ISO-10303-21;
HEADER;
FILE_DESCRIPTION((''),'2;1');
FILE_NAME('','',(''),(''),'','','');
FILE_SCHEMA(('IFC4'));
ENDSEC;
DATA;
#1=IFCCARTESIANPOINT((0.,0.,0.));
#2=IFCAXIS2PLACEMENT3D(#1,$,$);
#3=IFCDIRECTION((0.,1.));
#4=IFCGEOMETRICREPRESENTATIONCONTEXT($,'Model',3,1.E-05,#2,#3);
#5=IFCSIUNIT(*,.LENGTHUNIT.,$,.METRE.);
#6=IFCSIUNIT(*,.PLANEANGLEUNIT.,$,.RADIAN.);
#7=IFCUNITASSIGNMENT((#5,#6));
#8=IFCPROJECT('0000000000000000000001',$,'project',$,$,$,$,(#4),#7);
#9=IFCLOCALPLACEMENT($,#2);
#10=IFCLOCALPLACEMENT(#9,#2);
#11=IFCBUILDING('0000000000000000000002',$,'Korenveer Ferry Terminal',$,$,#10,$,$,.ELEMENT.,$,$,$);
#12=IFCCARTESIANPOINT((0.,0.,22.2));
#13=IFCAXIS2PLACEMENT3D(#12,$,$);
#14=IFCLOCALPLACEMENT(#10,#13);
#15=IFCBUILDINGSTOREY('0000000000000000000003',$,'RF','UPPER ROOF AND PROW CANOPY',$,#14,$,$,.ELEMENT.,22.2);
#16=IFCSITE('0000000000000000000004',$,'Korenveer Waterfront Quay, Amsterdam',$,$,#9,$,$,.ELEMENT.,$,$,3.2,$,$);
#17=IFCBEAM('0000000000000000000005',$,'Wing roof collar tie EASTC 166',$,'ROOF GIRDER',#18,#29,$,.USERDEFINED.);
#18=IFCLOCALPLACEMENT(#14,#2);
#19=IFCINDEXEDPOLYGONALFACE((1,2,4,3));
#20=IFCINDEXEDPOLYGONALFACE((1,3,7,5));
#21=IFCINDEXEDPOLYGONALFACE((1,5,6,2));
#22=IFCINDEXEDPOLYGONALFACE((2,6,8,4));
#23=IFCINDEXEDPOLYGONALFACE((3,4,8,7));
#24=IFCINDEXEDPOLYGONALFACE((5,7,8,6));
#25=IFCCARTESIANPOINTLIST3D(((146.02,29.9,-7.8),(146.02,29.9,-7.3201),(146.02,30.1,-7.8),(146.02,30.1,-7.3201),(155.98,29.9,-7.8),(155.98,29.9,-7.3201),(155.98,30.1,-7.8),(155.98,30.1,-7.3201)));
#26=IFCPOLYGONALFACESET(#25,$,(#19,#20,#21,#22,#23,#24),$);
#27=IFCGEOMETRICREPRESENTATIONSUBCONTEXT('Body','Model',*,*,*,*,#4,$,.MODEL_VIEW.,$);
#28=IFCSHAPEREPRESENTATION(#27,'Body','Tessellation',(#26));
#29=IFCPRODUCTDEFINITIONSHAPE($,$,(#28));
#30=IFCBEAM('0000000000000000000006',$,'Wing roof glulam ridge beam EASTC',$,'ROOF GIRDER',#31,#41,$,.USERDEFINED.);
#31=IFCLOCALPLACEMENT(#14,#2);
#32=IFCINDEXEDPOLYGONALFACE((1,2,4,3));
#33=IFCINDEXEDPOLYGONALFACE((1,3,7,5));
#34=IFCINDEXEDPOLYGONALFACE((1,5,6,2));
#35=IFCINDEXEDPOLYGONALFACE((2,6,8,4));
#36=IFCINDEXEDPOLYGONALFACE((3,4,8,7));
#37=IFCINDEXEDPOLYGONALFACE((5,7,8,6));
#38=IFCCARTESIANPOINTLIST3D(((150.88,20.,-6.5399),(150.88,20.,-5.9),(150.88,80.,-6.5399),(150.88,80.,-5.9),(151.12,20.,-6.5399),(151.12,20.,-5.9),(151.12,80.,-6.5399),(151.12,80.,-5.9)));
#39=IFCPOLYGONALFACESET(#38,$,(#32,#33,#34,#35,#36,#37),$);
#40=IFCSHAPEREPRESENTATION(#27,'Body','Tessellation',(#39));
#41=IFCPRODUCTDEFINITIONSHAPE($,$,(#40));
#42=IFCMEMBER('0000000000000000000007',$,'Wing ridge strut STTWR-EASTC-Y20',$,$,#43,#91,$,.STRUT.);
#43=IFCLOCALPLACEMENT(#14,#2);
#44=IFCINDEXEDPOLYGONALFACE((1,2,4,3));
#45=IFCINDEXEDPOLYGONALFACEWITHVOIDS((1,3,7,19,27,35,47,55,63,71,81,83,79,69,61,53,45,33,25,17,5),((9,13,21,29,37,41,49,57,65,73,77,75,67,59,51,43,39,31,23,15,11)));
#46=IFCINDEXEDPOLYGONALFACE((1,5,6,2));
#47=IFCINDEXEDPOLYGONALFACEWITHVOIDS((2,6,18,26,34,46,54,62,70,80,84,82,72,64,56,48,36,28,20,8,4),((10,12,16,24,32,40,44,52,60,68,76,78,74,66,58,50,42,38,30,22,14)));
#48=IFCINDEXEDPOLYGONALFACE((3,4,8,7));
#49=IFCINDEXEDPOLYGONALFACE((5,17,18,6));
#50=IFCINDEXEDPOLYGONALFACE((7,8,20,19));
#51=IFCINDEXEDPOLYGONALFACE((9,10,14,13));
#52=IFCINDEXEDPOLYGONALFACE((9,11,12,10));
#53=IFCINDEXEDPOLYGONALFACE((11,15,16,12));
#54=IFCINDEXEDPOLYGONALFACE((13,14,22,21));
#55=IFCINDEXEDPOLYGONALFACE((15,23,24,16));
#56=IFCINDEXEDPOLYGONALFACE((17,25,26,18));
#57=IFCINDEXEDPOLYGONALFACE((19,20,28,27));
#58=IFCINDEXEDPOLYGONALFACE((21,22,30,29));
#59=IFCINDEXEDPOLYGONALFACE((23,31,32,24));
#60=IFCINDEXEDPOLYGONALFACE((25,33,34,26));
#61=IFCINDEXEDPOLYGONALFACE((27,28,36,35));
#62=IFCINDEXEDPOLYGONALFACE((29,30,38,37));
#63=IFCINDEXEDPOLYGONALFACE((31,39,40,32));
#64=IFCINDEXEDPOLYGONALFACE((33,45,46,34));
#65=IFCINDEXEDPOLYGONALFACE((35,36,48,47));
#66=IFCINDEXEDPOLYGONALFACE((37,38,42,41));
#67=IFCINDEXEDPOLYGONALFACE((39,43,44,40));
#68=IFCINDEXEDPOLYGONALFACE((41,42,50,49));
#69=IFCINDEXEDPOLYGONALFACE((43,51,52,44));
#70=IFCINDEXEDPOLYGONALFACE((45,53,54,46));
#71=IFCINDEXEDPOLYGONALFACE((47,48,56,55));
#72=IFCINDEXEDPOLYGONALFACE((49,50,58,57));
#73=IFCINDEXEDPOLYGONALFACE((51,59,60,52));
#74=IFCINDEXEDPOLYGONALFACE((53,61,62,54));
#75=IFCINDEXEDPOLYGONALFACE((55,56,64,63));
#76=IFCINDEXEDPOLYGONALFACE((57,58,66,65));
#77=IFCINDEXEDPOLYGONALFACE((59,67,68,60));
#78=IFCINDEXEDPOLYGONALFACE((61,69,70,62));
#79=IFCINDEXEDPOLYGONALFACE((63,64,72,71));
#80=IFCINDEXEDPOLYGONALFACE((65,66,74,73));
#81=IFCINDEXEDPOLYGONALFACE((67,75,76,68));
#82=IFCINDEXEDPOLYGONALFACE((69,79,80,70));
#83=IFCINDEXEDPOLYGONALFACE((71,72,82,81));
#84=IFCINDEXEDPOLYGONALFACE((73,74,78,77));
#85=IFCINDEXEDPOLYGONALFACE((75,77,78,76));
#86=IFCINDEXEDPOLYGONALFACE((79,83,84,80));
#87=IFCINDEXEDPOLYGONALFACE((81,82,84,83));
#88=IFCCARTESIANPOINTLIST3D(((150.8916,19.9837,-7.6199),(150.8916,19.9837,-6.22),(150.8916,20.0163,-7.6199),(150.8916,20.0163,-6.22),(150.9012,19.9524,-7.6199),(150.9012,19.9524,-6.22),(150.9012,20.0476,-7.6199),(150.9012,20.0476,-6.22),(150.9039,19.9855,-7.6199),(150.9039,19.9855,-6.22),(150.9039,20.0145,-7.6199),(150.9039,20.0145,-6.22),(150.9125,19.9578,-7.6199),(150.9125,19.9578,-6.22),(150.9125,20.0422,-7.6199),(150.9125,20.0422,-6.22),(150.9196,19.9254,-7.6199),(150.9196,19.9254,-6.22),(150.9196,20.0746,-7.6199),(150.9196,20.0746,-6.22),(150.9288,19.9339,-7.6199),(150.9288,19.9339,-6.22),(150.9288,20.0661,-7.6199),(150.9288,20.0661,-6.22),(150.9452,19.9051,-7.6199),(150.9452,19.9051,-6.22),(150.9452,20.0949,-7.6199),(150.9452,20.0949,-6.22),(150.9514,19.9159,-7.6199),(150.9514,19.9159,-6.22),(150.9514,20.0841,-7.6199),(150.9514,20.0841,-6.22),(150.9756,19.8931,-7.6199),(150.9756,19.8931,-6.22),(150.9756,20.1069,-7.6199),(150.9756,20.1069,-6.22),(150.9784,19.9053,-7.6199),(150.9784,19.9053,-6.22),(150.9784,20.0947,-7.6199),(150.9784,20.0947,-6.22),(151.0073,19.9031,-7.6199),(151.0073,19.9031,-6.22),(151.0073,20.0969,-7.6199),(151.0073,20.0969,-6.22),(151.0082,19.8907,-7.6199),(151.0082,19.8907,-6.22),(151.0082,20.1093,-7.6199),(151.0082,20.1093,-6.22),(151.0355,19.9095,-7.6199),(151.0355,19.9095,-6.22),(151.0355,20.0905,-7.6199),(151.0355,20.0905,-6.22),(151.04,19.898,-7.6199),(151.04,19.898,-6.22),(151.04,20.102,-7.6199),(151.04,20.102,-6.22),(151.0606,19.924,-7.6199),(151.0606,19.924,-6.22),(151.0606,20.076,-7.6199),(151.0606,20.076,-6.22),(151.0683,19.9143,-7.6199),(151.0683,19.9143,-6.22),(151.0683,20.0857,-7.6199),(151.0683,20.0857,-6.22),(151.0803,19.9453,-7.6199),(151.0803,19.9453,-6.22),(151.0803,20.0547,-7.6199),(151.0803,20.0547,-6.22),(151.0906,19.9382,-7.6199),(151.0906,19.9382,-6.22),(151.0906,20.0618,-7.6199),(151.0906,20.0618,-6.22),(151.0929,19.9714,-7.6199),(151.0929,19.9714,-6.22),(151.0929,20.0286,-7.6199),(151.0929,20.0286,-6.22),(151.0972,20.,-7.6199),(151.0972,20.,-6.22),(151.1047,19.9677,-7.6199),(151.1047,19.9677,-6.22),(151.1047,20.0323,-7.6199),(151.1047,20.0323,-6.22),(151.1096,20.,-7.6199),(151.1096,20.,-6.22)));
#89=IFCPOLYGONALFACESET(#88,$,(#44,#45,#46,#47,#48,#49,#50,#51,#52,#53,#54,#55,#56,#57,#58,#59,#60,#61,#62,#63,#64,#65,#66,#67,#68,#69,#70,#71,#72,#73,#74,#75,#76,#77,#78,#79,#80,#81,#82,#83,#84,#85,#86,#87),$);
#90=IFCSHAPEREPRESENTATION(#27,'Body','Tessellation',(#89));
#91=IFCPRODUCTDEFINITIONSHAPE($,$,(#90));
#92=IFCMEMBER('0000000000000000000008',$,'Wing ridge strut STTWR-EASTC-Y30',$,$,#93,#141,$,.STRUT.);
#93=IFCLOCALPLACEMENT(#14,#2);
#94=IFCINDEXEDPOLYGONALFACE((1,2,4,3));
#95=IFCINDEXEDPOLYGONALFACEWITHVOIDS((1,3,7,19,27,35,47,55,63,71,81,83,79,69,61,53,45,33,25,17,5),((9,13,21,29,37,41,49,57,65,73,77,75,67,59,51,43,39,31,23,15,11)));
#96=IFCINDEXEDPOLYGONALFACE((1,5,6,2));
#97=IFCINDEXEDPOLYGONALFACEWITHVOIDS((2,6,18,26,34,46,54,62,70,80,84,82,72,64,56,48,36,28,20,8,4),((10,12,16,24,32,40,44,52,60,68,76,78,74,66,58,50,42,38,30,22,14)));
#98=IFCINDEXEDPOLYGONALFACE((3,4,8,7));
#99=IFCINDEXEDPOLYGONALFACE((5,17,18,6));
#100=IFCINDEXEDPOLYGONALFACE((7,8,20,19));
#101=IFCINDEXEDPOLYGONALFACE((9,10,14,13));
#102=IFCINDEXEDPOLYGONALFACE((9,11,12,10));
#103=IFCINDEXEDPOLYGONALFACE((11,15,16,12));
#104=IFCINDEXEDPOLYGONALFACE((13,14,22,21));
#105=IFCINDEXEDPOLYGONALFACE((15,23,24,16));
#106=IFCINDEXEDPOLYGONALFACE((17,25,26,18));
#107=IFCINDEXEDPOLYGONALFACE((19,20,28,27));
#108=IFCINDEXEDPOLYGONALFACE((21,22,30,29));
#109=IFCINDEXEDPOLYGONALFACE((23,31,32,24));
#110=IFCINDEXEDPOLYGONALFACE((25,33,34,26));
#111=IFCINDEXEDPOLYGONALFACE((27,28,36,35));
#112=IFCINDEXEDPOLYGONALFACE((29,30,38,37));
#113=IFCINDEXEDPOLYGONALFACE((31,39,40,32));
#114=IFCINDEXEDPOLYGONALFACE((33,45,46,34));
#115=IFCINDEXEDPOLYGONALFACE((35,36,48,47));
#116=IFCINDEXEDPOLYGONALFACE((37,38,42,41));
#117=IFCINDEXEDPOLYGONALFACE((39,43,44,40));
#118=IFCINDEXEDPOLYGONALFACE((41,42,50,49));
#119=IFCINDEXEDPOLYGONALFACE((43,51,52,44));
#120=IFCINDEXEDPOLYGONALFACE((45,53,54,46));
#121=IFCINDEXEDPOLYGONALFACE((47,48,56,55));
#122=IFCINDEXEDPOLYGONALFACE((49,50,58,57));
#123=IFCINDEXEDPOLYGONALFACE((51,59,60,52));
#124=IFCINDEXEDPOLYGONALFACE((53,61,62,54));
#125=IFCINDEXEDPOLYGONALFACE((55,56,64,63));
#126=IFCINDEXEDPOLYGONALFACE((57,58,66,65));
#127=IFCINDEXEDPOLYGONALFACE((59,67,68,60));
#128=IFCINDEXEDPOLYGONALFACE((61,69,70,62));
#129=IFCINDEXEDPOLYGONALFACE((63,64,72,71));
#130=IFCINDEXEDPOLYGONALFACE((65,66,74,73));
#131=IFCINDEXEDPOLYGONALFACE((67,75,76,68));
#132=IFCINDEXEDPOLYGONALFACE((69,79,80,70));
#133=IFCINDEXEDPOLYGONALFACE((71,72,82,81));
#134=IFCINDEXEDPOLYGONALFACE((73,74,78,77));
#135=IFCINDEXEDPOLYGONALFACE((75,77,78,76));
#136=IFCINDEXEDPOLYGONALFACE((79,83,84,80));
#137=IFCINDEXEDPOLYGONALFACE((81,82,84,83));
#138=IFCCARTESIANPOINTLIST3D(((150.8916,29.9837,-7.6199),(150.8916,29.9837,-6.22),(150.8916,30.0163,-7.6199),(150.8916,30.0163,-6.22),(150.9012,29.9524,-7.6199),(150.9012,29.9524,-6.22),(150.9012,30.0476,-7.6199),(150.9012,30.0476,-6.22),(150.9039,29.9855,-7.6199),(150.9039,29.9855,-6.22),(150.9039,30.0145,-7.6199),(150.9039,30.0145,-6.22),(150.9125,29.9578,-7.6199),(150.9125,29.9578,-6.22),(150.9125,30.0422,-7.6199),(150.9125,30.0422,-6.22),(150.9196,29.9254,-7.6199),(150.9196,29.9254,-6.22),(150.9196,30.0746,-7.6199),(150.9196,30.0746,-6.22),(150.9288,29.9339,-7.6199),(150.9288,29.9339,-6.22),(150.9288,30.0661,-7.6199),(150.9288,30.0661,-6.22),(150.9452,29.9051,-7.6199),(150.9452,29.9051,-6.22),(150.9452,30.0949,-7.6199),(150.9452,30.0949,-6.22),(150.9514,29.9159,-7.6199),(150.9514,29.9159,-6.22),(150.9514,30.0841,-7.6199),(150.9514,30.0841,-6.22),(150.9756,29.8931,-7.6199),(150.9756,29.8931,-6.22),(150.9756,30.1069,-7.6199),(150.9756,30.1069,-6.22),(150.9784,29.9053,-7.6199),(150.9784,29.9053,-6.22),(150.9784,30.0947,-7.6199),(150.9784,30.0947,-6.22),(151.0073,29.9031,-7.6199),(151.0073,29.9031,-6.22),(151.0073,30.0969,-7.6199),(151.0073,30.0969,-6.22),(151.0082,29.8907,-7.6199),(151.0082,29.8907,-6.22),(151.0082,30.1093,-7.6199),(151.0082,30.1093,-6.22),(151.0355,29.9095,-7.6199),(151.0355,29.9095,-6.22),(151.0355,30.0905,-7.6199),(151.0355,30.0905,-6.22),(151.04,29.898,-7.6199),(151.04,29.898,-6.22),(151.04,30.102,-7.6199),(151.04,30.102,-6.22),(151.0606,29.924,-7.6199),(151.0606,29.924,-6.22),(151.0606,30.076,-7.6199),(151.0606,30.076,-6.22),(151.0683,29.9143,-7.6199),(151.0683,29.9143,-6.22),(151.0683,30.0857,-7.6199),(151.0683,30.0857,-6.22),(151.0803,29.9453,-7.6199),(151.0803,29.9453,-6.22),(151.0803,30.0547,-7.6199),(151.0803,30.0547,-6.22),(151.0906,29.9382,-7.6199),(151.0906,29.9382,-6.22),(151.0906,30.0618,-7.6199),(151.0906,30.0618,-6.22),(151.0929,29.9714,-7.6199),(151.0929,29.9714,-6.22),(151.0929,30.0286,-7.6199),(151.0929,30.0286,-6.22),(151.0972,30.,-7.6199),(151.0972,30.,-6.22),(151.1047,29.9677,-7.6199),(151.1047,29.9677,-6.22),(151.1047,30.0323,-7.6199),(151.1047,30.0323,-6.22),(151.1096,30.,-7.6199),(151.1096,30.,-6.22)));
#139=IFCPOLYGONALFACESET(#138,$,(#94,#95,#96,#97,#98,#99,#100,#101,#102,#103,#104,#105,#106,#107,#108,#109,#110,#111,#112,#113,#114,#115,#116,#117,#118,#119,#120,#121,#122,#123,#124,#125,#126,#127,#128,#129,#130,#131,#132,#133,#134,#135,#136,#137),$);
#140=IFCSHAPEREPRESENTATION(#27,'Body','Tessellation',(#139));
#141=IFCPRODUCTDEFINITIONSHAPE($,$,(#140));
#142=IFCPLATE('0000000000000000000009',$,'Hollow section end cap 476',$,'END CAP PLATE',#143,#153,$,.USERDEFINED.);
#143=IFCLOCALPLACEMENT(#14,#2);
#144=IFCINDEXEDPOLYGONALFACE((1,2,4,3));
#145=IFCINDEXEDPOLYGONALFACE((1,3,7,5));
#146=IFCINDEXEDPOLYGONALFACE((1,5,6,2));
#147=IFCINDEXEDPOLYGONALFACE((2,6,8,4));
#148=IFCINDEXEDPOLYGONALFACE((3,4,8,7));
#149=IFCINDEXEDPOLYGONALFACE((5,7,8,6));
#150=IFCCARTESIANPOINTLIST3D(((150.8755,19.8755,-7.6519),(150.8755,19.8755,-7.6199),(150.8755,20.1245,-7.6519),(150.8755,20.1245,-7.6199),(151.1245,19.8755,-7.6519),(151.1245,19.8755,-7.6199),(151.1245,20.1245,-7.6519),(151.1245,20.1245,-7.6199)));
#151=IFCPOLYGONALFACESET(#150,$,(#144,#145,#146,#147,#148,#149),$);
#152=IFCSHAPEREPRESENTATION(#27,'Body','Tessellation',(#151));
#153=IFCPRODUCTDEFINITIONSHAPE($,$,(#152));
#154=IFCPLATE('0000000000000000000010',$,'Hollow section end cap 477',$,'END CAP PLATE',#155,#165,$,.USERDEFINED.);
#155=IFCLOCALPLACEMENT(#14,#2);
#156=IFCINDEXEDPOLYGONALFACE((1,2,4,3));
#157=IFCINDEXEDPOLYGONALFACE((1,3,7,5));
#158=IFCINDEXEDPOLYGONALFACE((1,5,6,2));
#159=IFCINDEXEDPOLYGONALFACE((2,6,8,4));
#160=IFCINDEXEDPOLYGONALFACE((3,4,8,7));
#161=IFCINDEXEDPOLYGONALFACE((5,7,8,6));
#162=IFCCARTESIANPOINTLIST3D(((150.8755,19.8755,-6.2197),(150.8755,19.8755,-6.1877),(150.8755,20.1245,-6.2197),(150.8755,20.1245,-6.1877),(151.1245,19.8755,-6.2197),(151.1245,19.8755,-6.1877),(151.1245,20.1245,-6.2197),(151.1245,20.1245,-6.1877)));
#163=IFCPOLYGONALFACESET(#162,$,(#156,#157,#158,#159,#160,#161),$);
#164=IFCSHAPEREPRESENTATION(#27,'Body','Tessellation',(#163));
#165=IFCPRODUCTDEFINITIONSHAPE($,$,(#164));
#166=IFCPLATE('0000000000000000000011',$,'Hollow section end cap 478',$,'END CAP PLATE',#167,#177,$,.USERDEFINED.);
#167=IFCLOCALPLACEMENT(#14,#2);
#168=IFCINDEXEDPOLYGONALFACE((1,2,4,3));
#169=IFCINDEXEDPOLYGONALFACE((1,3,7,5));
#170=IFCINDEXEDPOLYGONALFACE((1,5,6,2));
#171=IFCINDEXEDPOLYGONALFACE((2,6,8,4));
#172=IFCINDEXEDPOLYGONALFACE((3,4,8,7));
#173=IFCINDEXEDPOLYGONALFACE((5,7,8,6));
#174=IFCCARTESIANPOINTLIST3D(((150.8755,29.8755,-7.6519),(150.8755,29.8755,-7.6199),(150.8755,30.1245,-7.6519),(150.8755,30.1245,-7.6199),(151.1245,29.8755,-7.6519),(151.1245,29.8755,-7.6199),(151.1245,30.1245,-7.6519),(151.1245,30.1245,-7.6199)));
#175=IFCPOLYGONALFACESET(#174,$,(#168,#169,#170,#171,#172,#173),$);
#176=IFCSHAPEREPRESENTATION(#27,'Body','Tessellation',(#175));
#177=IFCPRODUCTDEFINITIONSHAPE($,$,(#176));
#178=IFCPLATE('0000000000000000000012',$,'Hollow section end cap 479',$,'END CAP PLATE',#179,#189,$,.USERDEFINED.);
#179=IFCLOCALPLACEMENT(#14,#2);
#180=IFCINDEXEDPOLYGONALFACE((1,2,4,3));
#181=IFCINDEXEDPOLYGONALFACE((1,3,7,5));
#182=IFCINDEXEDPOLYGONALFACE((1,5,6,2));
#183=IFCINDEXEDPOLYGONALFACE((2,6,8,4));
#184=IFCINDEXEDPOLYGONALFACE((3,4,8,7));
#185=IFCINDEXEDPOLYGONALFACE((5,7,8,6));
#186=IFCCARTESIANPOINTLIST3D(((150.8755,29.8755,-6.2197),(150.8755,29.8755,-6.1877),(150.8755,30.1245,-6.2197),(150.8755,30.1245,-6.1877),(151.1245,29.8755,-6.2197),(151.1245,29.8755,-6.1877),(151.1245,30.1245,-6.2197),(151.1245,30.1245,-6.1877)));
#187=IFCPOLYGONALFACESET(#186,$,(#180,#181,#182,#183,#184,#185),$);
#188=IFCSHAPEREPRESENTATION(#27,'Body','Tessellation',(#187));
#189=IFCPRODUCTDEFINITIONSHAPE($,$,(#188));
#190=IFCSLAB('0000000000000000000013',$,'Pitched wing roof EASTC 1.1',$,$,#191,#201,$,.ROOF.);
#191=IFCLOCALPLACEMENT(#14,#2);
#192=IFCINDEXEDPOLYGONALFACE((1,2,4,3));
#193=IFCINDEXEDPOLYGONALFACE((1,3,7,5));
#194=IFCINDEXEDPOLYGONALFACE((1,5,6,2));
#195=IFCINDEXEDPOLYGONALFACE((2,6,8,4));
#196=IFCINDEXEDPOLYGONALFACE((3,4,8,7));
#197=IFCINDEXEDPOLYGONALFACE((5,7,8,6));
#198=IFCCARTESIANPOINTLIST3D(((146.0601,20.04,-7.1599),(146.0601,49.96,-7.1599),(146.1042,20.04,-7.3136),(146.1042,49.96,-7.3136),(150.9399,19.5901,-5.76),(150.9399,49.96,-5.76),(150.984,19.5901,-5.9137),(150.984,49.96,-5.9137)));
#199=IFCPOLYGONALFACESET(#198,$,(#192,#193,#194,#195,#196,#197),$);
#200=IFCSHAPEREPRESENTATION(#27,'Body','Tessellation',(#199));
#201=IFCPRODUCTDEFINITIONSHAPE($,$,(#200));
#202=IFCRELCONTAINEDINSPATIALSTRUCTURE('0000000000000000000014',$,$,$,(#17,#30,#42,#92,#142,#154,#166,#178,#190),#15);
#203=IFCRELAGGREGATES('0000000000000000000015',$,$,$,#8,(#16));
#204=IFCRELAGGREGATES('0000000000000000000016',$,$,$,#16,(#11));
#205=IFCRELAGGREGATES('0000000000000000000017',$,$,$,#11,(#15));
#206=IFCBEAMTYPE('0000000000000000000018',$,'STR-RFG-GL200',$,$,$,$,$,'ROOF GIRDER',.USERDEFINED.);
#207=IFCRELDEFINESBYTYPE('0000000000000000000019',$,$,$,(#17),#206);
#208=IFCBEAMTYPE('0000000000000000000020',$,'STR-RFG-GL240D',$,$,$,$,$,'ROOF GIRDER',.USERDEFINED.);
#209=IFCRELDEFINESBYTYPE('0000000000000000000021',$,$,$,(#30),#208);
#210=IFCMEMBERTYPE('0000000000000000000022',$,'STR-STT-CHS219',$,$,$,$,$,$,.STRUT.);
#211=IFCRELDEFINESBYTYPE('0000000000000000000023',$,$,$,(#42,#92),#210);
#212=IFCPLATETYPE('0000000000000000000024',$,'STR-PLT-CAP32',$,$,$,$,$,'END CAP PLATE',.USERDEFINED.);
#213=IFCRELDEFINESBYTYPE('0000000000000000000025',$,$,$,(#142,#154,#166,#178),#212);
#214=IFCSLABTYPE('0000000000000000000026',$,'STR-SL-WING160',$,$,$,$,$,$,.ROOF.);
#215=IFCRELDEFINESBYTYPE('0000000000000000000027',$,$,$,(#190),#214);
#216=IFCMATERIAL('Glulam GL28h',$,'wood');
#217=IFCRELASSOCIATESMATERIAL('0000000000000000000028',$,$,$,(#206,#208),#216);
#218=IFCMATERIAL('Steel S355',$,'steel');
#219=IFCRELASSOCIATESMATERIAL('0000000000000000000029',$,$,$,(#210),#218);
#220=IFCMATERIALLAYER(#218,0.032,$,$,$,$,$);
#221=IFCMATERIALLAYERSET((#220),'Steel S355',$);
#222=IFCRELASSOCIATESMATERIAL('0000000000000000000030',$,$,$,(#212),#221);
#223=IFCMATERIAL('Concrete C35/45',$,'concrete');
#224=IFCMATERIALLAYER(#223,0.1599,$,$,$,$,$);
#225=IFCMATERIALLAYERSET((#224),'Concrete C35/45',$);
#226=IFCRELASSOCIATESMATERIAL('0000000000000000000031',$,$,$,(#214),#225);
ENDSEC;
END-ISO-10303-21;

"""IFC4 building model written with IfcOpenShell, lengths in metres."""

from ifc_helpers import new_model, si_unit, direction, frame, origin, origin_2d, place, context, subcontext, project, spatial, polyline, rectangle, hollow_circle, outline, extrude, material, layer, layer_set, material_profile, profile_set, type_object, element, save


model = new_model("IFC4")

# Units and contexts
model_context = context("Model", 3, precision=1e-05, world=origin(), true_north=direction((0.0, 1.0)))
body_context = subcontext(model_context, "Body", "Model", "MODEL_VIEW")
ifc_project = project(units=[si_unit("LENGTHUNIT", "METRE"), si_unit("PLANEANGLEUNIT", "RADIAN")], contexts=[model_context])

# Site, building, storey
site_placement = place(None, origin())
site = spatial("IfcSite", under=ifc_project, at=site_placement, Name="Korenveer Waterfront Quay, Amsterdam", CompositionType="ELEMENT", RefElevation=3.2)
building_placement = place(site_placement, origin())
building = spatial("IfcBuilding", under=site, at=building_placement, Name="Korenveer Ferry Terminal", CompositionType="ELEMENT")
storey_placement = place(building_placement, frame((0.0, 0.0, 22.2)))
storey = spatial("IfcBuildingStorey", under=building, at=storey_placement, Name="RF", Description="UPPER ROOF AND PROW CANOPY", CompositionType="ELEMENT", Elevation=22.2)

# Shared definitions
ifc_material_1 = material(Name="Steel S355", Category="steel")

# Beams
ifc_material_2 = material(Name="Glulam GL28h", Category="wood")
ifc_material_profile_1 = material_profile(ifc_material_2, rectangle(XDim=0.2, YDim=0.48, at=origin_2d()), Name="GL 200x480")
ifc_profile_set_1 = profile_set([ifc_material_profile_1], Name="Glulam GL28h")
beam_type_1 = type_object("IfcBeamType", Name="STR-RFG-GL200", ElementType="ROOF GIRDER", PredefinedType="USERDEFINED", material=ifc_profile_set_1)
for number, where, z_axis, x_axis, name in (
    (1, (146.02, 30.0, -7.5601), (1.0, 0.0, 0.0), (0.0, 1.0, 0.0), "Wing roof collar tie EASTC 166"),
):
    element("IfcBeam", number, at=place(storey_placement, frame(where, z_axis=z_axis, x_axis=x_axis)), inside=storey, type_object=beam_type_1, Name=name, ObjectType="ROOF GIRDER", PredefinedType="USERDEFINED", context=body_context, shape_type="SweptSolid", body=[
        extrude(rectangle(XDim=0.2, YDim=0.48, at=origin_2d()), origin(), (0.0, 0.0, 1.0), 9.96),
    ])
ifc_material_profile_2 = material_profile(ifc_material_2, rectangle(XDim=0.24, YDim=0.6399, at=origin_2d()), Name="GL 240x640")
ifc_profile_set_2 = profile_set([ifc_material_profile_2], Name="Glulam GL28h")
beam_type_2 = type_object("IfcBeamType", Name="STR-RFG-GL240D", ElementType="ROOF GIRDER", PredefinedType="USERDEFINED", material=ifc_profile_set_2)
beam_placement = place(storey_placement, frame((151.0, 20.0, -6.22), z_axis=(0.0, 1.0, 0.0), x_axis=(-1.0, 0.0, 0.0)))
element("IfcBeam", 2, at=beam_placement, inside=storey, type_object=beam_type_2, Name="Wing roof glulam ridge beam EASTC", ObjectType="ROOF GIRDER", PredefinedType="USERDEFINED", context=body_context, shape_type="SweptSolid", body=[
    extrude(rectangle(XDim=0.24, YDim=0.6399, at=origin_2d()), origin(), (0.0, 0.0, 1.0), 60.0),
])

# Members
ifc_material_profile_3 = material_profile(ifc_material_1, hollow_circle(Radius=0.1096, WallThickness=0.0125, at=origin_2d()), Name="CHS 219.1x12.5")
ifc_profile_set_3 = profile_set([ifc_material_profile_3], Name="Steel S355")
member_type_1 = type_object("IfcMemberType", Name="STR-STT-CHS219", PredefinedType="STRUT", material=ifc_profile_set_3)
for number, where, z_axis, x_axis, name in (
    (3, (151.0, 20.0, -7.6199), (0.0, 0.0, 1.0), (1.0, 0.0, 0.0), "Wing ridge strut STTWR-EASTC-Y20"),
    (4, (151.0, 30.0, -7.6199), (0.0, 0.0, 1.0), (1.0, 0.0, 0.0), "Wing ridge strut STTWR-EASTC-Y30"),
):
    element("IfcMember", number, at=place(storey_placement, frame(where, z_axis=z_axis, x_axis=x_axis)), inside=storey, type_object=member_type_1, Name=name, PredefinedType="STRUT", context=body_context, shape_type="SweptSolid", body=[
        extrude(hollow_circle(Radius=0.1096, WallThickness=0.0125, at=origin_2d()), origin(), (0.0, 0.0, 1.0), 1.3999),
    ])

# Plates
ifc_layer_1 = layer(ifc_material_1, 0.032)
ifc_layer_set_1 = layer_set([ifc_layer_1], Name="Steel S355")
plate_type = type_object("IfcPlateType", Name="STR-PLT-CAP32", ElementType="END CAP PLATE", PredefinedType="USERDEFINED", material=ifc_layer_set_1)
for number, where, z_axis, x_axis, name in (
    (5, (151.0, 20.0, -7.6519), (0.0, 0.0, 1.0), (1.0, 0.0, 0.0), "Hollow section end cap 476"),
    (6, (151.0, 20.0, -6.2197), (0.0, 0.0, 1.0), (1.0, 0.0, 0.0), "Hollow section end cap 477"),
    (7, (151.0, 30.0, -7.6519), (0.0, 0.0, 1.0), (1.0, 0.0, 0.0), "Hollow section end cap 478"),
    (8, (151.0, 30.0, -6.2197), (0.0, 0.0, 1.0), (1.0, 0.0, 0.0), "Hollow section end cap 479"),
):
    element("IfcPlate", number, at=place(storey_placement, frame(where, z_axis=z_axis, x_axis=x_axis)), inside=storey, type_object=plate_type, Name=name, ObjectType="END CAP PLATE", PredefinedType="USERDEFINED", context=body_context, shape_type="SweptSolid", body=[
        extrude(rectangle(XDim=0.249, YDim=0.249, at=origin_2d()), origin(), (0.0, 0.0, 1.0), 0.032),
    ])

# Slab
ifc_material_3 = material(Name="Concrete C35/45", Category="concrete")
ifc_layer_2 = layer(ifc_material_3, 0.1599)
ifc_layer_set_2 = layer_set([ifc_layer_2], Name="Concrete C35/45")
slab_type = type_object("IfcSlabType", Name="STR-SL-WING160", PredefinedType="ROOF", material=ifc_layer_set_2)
slab_placement = place(storey_placement, frame((146.0601, 20.04, -7.1599), z_axis=(-0.27575, 0.0, 0.961229), x_axis=(0.957476, -0.088284, 0.274673)))
element("IfcSlab", 9, at=slab_placement, inside=storey, type_object=slab_type, Name="Pitched wing roof EASTC 1.1", PredefinedType="ROOF", context=body_context, shape_type="SweptSolid", body=[
    extrude(outline(polyline([(0.0, 0.0), (5.0966, 0.0), (2.4154, 30.2513), (-2.6415, 29.8031), (0.0, 0.0)])), origin(), (0.0, 0.0, -1.0), 0.1599),
])

save(model, "model.ifc")
